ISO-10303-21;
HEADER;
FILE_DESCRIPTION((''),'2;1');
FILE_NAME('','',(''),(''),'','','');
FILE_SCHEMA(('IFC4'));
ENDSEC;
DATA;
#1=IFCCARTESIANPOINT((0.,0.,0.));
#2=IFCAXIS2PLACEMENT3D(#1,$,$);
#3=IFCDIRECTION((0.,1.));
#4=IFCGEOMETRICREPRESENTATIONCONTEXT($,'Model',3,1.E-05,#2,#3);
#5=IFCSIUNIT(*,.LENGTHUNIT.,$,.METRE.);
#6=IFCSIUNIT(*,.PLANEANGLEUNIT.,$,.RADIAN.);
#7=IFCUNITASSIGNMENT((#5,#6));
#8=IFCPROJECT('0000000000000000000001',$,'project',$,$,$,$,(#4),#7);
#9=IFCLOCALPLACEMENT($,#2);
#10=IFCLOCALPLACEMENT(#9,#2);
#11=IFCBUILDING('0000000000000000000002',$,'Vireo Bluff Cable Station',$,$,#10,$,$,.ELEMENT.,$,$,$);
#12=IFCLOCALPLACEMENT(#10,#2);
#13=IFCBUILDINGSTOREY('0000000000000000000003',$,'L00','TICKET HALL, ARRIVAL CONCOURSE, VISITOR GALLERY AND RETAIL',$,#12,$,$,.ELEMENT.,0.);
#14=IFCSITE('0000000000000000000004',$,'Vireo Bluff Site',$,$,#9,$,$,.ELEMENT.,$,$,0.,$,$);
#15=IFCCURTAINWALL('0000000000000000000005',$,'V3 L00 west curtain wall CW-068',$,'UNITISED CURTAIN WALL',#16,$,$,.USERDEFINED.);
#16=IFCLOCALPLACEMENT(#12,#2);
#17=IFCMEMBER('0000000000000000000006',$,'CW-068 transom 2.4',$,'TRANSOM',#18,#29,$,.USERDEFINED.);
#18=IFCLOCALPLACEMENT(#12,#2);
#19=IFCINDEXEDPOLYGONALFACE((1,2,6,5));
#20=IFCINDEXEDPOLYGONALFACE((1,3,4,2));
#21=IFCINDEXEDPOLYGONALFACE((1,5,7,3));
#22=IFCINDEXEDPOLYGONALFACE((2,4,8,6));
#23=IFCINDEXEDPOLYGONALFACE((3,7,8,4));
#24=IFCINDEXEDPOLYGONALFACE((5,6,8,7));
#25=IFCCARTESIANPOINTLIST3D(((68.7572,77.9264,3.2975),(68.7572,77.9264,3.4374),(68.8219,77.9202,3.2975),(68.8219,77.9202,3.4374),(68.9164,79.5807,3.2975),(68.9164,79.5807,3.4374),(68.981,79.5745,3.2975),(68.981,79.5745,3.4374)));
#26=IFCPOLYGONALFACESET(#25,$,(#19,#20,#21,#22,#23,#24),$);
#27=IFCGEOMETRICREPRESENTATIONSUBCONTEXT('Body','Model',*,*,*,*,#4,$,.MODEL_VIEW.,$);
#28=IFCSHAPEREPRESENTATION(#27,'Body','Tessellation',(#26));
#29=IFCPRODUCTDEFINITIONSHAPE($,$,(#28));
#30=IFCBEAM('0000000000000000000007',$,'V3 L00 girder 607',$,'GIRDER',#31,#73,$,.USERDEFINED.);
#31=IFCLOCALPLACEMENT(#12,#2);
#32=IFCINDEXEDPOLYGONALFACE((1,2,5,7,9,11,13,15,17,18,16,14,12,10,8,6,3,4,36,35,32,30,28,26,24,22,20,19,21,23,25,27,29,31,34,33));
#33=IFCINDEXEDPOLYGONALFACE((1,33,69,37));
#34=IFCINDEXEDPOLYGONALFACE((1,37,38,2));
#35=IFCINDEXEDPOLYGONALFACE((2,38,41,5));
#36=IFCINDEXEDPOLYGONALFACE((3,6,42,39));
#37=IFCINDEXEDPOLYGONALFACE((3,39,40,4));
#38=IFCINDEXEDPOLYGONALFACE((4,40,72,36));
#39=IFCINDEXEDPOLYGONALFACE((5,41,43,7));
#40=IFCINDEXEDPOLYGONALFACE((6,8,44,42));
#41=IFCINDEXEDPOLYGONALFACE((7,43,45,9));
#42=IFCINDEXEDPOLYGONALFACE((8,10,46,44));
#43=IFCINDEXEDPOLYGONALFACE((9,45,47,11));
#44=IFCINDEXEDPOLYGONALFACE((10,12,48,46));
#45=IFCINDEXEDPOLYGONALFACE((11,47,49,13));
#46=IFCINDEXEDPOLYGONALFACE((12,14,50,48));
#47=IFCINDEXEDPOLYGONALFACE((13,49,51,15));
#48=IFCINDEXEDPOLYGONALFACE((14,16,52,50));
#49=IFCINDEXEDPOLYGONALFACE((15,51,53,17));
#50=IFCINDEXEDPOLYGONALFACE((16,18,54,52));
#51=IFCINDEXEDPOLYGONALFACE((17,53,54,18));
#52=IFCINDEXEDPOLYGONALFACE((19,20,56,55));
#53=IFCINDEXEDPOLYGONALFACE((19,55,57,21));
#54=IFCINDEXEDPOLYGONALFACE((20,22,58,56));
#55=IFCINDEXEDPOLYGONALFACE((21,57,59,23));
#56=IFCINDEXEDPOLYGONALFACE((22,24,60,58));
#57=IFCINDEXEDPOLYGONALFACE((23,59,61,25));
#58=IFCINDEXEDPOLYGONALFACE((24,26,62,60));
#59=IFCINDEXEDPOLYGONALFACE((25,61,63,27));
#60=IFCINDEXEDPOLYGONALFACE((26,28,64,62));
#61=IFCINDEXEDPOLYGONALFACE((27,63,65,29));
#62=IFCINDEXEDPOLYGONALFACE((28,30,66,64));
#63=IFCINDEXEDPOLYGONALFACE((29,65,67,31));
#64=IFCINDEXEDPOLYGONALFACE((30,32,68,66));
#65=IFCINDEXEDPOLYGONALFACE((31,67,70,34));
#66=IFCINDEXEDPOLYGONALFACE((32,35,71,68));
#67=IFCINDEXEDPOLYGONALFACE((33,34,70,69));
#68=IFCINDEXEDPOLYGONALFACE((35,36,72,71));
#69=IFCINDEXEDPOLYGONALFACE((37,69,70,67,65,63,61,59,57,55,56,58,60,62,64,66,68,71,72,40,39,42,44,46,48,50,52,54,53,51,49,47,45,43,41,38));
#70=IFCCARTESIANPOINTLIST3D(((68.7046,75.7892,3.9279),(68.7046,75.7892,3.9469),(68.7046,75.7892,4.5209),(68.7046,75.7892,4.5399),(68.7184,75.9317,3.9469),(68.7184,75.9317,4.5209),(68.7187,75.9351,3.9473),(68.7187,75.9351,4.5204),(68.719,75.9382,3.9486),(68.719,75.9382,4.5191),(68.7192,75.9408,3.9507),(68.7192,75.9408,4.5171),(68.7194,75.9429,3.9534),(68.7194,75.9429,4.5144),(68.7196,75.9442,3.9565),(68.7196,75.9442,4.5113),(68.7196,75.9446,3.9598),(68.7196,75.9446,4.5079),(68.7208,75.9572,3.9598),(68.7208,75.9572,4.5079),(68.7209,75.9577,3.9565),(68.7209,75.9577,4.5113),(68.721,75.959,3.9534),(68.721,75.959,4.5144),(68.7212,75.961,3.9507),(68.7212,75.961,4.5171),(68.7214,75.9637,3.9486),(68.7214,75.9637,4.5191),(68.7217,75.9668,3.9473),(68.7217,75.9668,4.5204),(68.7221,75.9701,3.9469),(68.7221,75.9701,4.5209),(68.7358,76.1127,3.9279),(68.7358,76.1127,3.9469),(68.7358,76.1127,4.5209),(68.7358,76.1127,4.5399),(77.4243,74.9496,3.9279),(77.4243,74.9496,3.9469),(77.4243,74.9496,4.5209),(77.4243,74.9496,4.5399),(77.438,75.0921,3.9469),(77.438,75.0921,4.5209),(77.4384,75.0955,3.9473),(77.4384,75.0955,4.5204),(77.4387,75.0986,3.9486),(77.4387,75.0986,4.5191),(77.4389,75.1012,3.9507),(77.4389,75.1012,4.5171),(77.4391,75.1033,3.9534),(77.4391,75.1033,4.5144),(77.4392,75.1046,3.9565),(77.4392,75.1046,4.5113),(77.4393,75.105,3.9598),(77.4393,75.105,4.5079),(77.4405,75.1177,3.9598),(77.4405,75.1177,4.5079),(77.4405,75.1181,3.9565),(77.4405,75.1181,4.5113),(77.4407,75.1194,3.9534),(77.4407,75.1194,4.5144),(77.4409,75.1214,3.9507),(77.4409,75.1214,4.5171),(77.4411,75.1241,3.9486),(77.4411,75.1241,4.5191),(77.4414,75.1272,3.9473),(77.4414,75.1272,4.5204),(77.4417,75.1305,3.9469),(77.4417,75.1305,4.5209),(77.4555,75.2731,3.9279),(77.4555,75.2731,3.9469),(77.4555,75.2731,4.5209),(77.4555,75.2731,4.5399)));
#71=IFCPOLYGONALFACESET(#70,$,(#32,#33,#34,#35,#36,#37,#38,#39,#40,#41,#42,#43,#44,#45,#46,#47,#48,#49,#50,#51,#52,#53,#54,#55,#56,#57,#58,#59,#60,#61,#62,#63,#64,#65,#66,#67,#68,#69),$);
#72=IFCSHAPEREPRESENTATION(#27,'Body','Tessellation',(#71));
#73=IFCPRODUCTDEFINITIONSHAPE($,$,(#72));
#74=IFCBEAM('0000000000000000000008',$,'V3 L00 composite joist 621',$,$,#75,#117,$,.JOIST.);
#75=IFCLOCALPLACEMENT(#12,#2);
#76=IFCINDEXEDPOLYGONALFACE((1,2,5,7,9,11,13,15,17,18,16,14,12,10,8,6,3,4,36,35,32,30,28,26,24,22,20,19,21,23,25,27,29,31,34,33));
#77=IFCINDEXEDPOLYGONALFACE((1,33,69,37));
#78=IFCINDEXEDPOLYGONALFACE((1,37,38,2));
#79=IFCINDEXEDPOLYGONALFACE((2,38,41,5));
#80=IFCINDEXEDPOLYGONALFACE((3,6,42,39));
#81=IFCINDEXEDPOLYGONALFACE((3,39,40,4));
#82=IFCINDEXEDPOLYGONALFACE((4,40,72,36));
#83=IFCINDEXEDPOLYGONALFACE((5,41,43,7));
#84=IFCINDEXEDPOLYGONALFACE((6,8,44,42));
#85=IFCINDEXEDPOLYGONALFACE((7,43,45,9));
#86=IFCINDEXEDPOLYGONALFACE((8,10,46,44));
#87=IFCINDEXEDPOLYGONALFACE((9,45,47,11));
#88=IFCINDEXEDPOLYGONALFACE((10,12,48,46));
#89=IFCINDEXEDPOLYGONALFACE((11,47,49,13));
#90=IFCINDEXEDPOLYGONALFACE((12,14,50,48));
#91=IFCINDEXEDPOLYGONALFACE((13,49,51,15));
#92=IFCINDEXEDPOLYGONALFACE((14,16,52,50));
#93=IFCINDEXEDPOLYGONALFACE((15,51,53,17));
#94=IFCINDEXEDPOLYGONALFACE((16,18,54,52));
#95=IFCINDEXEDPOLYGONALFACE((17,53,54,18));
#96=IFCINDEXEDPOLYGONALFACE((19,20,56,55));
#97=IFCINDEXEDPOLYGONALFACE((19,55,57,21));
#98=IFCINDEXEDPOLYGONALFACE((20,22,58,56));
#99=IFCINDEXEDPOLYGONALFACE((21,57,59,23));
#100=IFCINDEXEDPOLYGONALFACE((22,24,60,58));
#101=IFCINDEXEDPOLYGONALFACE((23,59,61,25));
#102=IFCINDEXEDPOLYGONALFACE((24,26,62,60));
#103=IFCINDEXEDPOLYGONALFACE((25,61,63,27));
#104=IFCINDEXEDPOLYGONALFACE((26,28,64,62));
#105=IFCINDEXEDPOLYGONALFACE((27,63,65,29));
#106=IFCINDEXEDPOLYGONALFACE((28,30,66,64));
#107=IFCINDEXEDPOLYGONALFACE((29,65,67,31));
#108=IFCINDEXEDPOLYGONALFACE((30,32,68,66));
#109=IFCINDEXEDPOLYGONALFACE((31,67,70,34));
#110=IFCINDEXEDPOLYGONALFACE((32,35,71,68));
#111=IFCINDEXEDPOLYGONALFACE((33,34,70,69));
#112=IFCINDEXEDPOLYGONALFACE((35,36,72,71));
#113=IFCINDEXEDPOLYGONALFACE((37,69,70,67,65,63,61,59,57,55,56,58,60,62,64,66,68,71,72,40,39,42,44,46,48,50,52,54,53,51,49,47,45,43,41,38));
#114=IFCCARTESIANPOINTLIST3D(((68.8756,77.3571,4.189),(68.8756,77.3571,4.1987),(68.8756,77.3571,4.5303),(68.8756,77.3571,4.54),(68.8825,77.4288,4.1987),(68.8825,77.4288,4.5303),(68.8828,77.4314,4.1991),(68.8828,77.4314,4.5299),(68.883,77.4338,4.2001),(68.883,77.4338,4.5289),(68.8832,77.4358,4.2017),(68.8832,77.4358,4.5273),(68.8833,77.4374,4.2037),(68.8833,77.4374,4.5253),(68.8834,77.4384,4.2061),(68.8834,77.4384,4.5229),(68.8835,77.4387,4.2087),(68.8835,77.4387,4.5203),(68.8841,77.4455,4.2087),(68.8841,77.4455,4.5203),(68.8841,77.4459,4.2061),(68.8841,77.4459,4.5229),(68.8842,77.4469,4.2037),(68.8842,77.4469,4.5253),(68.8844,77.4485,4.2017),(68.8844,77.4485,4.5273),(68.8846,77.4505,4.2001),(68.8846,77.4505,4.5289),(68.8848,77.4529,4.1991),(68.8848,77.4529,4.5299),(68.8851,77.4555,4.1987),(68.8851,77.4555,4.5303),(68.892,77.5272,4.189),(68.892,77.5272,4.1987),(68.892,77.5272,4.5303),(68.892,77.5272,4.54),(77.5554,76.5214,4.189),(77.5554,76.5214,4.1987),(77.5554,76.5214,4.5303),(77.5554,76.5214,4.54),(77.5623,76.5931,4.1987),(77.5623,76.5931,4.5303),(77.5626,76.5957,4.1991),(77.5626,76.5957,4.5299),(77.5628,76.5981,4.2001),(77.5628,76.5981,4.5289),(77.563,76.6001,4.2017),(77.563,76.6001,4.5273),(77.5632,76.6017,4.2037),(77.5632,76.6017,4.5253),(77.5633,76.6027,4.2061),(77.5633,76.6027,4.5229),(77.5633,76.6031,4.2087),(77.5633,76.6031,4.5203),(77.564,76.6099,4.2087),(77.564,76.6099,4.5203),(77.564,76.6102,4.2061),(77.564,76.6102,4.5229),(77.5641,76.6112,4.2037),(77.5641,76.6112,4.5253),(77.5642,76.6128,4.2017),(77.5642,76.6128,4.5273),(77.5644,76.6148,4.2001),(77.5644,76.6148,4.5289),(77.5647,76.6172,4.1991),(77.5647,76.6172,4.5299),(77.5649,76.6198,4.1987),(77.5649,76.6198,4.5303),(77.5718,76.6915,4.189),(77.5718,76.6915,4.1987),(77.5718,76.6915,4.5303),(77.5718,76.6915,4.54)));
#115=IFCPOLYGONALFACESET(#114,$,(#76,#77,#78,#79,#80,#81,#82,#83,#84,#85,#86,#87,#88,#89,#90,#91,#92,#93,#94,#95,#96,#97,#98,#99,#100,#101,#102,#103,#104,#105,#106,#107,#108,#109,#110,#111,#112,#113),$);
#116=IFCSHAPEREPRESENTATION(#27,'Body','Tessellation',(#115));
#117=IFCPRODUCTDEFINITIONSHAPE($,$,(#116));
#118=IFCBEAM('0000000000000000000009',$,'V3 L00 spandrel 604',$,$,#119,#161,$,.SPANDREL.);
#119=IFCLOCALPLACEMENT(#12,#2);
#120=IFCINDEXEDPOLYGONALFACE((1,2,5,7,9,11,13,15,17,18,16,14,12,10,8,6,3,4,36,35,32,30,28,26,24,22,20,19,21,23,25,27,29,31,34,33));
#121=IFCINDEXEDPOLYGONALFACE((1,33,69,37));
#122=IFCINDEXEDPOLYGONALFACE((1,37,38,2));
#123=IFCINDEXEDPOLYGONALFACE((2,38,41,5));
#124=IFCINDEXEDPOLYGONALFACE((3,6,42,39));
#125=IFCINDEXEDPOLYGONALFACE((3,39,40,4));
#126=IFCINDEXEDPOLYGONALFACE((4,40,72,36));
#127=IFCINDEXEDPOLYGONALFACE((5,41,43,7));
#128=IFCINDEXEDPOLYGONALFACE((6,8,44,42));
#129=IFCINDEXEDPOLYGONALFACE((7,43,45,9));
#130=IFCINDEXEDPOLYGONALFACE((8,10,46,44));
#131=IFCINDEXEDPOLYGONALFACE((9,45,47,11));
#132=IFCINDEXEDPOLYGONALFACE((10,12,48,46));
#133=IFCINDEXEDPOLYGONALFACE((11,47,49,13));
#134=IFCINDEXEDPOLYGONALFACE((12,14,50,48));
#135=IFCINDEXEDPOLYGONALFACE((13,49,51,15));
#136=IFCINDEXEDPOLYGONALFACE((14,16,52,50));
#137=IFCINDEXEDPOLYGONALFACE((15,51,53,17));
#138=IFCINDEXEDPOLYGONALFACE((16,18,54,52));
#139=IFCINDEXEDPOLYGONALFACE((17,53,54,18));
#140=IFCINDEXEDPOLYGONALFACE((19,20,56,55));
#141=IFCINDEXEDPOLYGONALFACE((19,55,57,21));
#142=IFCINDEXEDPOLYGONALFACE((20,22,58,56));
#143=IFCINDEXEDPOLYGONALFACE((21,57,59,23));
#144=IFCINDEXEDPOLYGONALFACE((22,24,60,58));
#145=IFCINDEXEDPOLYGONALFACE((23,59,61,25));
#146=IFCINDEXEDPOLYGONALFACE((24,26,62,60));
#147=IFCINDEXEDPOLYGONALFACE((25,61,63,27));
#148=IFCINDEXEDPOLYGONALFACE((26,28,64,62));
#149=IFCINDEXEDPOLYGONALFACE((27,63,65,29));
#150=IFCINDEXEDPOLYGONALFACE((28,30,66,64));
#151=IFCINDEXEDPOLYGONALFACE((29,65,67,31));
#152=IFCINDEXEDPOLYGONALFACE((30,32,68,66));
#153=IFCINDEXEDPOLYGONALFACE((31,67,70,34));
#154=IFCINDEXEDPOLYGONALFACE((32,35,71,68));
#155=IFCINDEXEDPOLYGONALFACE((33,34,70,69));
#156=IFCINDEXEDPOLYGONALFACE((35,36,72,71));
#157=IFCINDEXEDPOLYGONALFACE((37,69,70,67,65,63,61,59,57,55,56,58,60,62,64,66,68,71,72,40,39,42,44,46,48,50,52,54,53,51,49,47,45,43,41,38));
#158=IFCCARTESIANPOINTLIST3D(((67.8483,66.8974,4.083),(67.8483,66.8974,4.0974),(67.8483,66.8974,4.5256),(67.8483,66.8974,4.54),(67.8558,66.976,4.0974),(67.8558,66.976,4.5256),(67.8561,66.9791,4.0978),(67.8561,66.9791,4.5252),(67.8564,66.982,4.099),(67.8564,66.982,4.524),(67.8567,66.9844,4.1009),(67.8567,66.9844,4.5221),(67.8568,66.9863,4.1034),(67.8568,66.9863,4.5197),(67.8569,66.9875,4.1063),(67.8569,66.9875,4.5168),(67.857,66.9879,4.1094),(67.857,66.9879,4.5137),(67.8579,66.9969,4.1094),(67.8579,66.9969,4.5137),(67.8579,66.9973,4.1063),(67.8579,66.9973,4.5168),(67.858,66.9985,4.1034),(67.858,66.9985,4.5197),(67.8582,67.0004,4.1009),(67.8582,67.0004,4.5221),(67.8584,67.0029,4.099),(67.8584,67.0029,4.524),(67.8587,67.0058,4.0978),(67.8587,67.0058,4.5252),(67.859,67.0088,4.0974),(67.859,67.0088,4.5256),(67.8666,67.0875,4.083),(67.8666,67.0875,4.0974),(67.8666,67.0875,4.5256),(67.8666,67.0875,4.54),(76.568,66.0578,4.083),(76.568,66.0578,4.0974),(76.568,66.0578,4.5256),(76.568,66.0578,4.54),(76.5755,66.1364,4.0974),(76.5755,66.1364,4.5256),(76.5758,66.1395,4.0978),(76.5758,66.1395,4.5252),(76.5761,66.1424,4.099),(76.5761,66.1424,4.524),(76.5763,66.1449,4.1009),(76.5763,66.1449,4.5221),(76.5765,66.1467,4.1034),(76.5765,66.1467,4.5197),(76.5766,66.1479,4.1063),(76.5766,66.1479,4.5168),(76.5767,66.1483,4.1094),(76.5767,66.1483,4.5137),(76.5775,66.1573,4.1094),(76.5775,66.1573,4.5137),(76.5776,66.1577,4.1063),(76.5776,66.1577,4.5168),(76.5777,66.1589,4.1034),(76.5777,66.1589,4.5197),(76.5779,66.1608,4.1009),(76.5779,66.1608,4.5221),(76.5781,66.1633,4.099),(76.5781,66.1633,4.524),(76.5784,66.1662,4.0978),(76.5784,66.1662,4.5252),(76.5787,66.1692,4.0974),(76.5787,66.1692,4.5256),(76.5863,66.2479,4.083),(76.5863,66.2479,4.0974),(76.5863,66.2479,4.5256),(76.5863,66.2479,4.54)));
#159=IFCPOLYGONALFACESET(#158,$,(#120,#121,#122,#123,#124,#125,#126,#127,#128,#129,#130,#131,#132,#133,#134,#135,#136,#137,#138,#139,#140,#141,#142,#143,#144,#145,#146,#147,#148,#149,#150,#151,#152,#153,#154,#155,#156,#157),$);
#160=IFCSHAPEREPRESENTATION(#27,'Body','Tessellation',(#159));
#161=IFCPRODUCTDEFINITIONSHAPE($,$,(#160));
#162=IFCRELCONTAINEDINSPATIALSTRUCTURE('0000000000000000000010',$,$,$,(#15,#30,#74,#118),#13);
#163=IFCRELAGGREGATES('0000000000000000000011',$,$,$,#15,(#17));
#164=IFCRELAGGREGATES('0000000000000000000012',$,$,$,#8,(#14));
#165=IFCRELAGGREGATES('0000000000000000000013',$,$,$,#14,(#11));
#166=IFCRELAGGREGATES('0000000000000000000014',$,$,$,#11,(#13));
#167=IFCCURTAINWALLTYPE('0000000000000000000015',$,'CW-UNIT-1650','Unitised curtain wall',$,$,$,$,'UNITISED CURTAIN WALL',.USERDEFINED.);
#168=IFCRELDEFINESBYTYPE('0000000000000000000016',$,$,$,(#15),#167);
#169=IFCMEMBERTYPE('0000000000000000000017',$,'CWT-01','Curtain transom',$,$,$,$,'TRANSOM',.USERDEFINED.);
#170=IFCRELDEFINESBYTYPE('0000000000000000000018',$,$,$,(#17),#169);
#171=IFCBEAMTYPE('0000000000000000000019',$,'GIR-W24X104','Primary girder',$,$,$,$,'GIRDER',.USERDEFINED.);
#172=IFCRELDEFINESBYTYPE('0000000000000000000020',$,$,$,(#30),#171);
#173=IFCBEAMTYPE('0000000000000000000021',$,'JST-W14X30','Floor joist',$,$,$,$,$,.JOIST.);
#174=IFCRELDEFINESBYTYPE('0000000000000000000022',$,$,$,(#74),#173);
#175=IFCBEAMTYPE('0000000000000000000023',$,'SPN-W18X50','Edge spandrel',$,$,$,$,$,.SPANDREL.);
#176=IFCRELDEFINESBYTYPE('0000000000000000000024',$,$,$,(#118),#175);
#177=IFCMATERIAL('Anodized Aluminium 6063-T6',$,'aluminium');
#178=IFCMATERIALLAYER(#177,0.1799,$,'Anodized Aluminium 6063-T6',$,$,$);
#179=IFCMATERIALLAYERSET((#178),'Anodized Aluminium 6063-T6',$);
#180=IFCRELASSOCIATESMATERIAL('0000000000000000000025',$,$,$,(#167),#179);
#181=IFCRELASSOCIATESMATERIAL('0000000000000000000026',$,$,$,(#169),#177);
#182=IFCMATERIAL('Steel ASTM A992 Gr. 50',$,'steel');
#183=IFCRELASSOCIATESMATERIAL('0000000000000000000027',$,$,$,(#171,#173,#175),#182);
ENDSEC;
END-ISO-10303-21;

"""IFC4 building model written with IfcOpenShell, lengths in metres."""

from ifc_helpers import new_model, si_unit, direction, frame, origin, origin_2d, place, context, subcontext, project, spatial, rectangle, i_section, extrude, material, layer, layer_set, material_profile, profile_set, type_object, element, aggregate, save


model = new_model("IFC4")

# Units and contexts
model_context = context("Model", 3, precision=1e-05, world=origin(), true_north=direction((0.0, 1.0)))
body_context = subcontext(model_context, "Body", "Model", "MODEL_VIEW")
ifc_project = project(units=[si_unit("LENGTHUNIT", "METRE"), si_unit("PLANEANGLEUNIT", "RADIAN")], contexts=[model_context])

# Site, building, storey
site_placement = place(None, origin())
site = spatial("IfcSite", under=ifc_project, at=site_placement, Name="Vireo Bluff Site", CompositionType="ELEMENT", RefElevation=0.0)
building_placement = place(site_placement, origin())
building = spatial("IfcBuilding", under=site, at=building_placement, Name="Vireo Bluff Cable Station", CompositionType="ELEMENT")
storey_placement = place(building_placement, origin())
storey = spatial("IfcBuildingStorey", under=building, at=storey_placement, Name="L00", Description="TICKET HALL, ARRIVAL CONCOURSE, VISITOR GALLERY AND RETAIL", CompositionType="ELEMENT", Elevation=0.0)

# Shared definitions
ifc_material_1 = material(Name="Steel ASTM A992 Gr. 50", Category="steel")

# Curtain wall, member
ifc_material_2 = material(Name="Anodized Aluminium 6063-T6", Category="aluminium")
ifc_layer_1 = layer(ifc_material_2, 0.1799, Name="Anodized Aluminium 6063-T6")
ifc_layer_set_1 = layer_set([ifc_layer_1], Name="Anodized Aluminium 6063-T6")
curtain_wall_type = type_object("IfcCurtainWallType", Name="CW-UNIT-1650", Description="Unitised curtain wall", ElementType="UNITISED CURTAIN WALL", PredefinedType="USERDEFINED", material=ifc_layer_set_1)
curtain_wall_placement = place(storey_placement, origin())
curtain_wall = element("IfcCurtainWall", 1, at=curtain_wall_placement, inside=storey, type_object=curtain_wall_type, Name="V3 L00 west curtain wall CW-068", ObjectType="UNITISED CURTAIN WALL", PredefinedType="USERDEFINED")
ifc_material_profile_1 = material_profile(ifc_material_2, rectangle(XDim=0.0649, YDim=0.1399, at=origin_2d()), Name="ALU-T-65X140")
ifc_profile_set_1 = profile_set([ifc_material_profile_1], Name="Anodized Aluminium 6063-T6")
member_type_1 = type_object("IfcMemberType", Name="CWT-01", Description="Curtain transom", ElementType="TRANSOM", PredefinedType="USERDEFINED", material=ifc_profile_set_1)
member_1_placement = place(storey_placement, frame((68.7896, 77.9233, 3.3674), z_axis=(0.09578, 0.995403, 0.0), x_axis=(-0.995403, 0.09578, 0.0)))
member_1 = element("IfcMember", 2, at=member_1_placement, type_object=member_type_1, Name="CW-068 transom 2.4", ObjectType="TRANSOM", PredefinedType="USERDEFINED", context=body_context, shape_type="SweptSolid", body=[
    extrude(rectangle(XDim=0.0649, YDim=0.1399, at=origin_2d()), origin(), (0.0, 0.0, 1.0), 1.6619),
])

# Beams
ifc_material_profile_2 = material_profile(ifc_material_1, i_section(OverallWidth=0.325, OverallDepth=0.6121, WebThickness=0.0127, FlangeThickness=0.019, FilletRadius=0.0129, at=origin_2d()), Name="W24X104")
ifc_profile_set_2 = profile_set([ifc_material_profile_2], Name="Steel ASTM A992 Gr. 50")
beam_type_1 = type_object("IfcBeamType", Name="GIR-W24X104", Description="Primary girder", ElementType="GIRDER", PredefinedType="USERDEFINED", material=ifc_profile_set_2)
beam_1_placement = place(storey_placement, frame((68.7202, 75.9509, 4.2339), z_axis=(0.995396, -0.095844, 0.0), x_axis=(0.095844, 0.995396, 0.0)))
element("IfcBeam", 3, at=beam_1_placement, inside=storey, type_object=beam_type_1, Name="V3 L00 girder 607", ObjectType="GIRDER", PredefinedType="USERDEFINED", context=body_context, shape_type="SweptSolid", body=[
    extrude(i_section(OverallWidth=0.325, OverallDepth=0.6121, WebThickness=0.0127, FlangeThickness=0.019, FilletRadius=0.0129, at=origin_2d()), origin(), (0.0, 0.0, 1.0), 8.76),
])
ifc_material_profile_3 = material_profile(ifc_material_1, i_section(OverallWidth=0.1709, OverallDepth=0.3511, WebThickness=0.0068, FlangeThickness=0.0098, FilletRadius=0.01, at=origin_2d()), Name="W14X30")
ifc_profile_set_3 = profile_set([ifc_material_profile_3], Name="Steel ASTM A992 Gr. 50")
beam_type_2 = type_object("IfcBeamType", Name="JST-W14X30", Description="Floor joist", PredefinedType="JOIST", material=ifc_profile_set_3)
beam_2_placement = place(storey_placement, frame((68.8838, 77.4421, 4.3645), z_axis=(0.995397, -0.095836, 0.0), x_axis=(0.095836, 0.995397, 0.0)))
element("IfcBeam", 4, at=beam_2_placement, inside=storey, type_object=beam_type_2, Name="V3 L00 composite joist 621", PredefinedType="JOIST", context=body_context, shape_type="SweptSolid", body=[
    extrude(i_section(OverallWidth=0.1709, OverallDepth=0.3511, WebThickness=0.0068, FlangeThickness=0.0098, FilletRadius=0.01, at=origin_2d()), origin(), (0.0, 0.0, 1.0), 8.72),
])
ifc_material_profile_4 = material_profile(ifc_material_1, i_section(OverallWidth=0.1909, OverallDepth=0.457, WebThickness=0.009, FlangeThickness=0.0144, FilletRadius=0.012, at=origin_2d()), Name="W18X50")
ifc_profile_set_4 = profile_set([ifc_material_profile_4], Name="Steel ASTM A992 Gr. 50")
beam_type_3 = type_object("IfcBeamType", Name="SPN-W18X50", Description="Edge spandrel", PredefinedType="SPANDREL", material=ifc_profile_set_4)
beam_3_placement = place(storey_placement, frame((67.8574, 66.9924, 4.3115), z_axis=(0.995396, -0.095844, 0.0), x_axis=(0.095844, 0.995396, 0.0)))
element("IfcBeam", 5, at=beam_3_placement, inside=storey, type_object=beam_type_3, Name="V3 L00 spandrel 604", PredefinedType="SPANDREL", context=body_context, shape_type="SweptSolid", body=[
    extrude(i_section(OverallWidth=0.1909, OverallDepth=0.457, WebThickness=0.009, FlangeThickness=0.0144, FilletRadius=0.012, at=origin_2d()), origin(), (0.0, 0.0, 1.0), 8.76),
])

aggregate(curtain_wall, [member_1])

save(model, "model.ifc")
